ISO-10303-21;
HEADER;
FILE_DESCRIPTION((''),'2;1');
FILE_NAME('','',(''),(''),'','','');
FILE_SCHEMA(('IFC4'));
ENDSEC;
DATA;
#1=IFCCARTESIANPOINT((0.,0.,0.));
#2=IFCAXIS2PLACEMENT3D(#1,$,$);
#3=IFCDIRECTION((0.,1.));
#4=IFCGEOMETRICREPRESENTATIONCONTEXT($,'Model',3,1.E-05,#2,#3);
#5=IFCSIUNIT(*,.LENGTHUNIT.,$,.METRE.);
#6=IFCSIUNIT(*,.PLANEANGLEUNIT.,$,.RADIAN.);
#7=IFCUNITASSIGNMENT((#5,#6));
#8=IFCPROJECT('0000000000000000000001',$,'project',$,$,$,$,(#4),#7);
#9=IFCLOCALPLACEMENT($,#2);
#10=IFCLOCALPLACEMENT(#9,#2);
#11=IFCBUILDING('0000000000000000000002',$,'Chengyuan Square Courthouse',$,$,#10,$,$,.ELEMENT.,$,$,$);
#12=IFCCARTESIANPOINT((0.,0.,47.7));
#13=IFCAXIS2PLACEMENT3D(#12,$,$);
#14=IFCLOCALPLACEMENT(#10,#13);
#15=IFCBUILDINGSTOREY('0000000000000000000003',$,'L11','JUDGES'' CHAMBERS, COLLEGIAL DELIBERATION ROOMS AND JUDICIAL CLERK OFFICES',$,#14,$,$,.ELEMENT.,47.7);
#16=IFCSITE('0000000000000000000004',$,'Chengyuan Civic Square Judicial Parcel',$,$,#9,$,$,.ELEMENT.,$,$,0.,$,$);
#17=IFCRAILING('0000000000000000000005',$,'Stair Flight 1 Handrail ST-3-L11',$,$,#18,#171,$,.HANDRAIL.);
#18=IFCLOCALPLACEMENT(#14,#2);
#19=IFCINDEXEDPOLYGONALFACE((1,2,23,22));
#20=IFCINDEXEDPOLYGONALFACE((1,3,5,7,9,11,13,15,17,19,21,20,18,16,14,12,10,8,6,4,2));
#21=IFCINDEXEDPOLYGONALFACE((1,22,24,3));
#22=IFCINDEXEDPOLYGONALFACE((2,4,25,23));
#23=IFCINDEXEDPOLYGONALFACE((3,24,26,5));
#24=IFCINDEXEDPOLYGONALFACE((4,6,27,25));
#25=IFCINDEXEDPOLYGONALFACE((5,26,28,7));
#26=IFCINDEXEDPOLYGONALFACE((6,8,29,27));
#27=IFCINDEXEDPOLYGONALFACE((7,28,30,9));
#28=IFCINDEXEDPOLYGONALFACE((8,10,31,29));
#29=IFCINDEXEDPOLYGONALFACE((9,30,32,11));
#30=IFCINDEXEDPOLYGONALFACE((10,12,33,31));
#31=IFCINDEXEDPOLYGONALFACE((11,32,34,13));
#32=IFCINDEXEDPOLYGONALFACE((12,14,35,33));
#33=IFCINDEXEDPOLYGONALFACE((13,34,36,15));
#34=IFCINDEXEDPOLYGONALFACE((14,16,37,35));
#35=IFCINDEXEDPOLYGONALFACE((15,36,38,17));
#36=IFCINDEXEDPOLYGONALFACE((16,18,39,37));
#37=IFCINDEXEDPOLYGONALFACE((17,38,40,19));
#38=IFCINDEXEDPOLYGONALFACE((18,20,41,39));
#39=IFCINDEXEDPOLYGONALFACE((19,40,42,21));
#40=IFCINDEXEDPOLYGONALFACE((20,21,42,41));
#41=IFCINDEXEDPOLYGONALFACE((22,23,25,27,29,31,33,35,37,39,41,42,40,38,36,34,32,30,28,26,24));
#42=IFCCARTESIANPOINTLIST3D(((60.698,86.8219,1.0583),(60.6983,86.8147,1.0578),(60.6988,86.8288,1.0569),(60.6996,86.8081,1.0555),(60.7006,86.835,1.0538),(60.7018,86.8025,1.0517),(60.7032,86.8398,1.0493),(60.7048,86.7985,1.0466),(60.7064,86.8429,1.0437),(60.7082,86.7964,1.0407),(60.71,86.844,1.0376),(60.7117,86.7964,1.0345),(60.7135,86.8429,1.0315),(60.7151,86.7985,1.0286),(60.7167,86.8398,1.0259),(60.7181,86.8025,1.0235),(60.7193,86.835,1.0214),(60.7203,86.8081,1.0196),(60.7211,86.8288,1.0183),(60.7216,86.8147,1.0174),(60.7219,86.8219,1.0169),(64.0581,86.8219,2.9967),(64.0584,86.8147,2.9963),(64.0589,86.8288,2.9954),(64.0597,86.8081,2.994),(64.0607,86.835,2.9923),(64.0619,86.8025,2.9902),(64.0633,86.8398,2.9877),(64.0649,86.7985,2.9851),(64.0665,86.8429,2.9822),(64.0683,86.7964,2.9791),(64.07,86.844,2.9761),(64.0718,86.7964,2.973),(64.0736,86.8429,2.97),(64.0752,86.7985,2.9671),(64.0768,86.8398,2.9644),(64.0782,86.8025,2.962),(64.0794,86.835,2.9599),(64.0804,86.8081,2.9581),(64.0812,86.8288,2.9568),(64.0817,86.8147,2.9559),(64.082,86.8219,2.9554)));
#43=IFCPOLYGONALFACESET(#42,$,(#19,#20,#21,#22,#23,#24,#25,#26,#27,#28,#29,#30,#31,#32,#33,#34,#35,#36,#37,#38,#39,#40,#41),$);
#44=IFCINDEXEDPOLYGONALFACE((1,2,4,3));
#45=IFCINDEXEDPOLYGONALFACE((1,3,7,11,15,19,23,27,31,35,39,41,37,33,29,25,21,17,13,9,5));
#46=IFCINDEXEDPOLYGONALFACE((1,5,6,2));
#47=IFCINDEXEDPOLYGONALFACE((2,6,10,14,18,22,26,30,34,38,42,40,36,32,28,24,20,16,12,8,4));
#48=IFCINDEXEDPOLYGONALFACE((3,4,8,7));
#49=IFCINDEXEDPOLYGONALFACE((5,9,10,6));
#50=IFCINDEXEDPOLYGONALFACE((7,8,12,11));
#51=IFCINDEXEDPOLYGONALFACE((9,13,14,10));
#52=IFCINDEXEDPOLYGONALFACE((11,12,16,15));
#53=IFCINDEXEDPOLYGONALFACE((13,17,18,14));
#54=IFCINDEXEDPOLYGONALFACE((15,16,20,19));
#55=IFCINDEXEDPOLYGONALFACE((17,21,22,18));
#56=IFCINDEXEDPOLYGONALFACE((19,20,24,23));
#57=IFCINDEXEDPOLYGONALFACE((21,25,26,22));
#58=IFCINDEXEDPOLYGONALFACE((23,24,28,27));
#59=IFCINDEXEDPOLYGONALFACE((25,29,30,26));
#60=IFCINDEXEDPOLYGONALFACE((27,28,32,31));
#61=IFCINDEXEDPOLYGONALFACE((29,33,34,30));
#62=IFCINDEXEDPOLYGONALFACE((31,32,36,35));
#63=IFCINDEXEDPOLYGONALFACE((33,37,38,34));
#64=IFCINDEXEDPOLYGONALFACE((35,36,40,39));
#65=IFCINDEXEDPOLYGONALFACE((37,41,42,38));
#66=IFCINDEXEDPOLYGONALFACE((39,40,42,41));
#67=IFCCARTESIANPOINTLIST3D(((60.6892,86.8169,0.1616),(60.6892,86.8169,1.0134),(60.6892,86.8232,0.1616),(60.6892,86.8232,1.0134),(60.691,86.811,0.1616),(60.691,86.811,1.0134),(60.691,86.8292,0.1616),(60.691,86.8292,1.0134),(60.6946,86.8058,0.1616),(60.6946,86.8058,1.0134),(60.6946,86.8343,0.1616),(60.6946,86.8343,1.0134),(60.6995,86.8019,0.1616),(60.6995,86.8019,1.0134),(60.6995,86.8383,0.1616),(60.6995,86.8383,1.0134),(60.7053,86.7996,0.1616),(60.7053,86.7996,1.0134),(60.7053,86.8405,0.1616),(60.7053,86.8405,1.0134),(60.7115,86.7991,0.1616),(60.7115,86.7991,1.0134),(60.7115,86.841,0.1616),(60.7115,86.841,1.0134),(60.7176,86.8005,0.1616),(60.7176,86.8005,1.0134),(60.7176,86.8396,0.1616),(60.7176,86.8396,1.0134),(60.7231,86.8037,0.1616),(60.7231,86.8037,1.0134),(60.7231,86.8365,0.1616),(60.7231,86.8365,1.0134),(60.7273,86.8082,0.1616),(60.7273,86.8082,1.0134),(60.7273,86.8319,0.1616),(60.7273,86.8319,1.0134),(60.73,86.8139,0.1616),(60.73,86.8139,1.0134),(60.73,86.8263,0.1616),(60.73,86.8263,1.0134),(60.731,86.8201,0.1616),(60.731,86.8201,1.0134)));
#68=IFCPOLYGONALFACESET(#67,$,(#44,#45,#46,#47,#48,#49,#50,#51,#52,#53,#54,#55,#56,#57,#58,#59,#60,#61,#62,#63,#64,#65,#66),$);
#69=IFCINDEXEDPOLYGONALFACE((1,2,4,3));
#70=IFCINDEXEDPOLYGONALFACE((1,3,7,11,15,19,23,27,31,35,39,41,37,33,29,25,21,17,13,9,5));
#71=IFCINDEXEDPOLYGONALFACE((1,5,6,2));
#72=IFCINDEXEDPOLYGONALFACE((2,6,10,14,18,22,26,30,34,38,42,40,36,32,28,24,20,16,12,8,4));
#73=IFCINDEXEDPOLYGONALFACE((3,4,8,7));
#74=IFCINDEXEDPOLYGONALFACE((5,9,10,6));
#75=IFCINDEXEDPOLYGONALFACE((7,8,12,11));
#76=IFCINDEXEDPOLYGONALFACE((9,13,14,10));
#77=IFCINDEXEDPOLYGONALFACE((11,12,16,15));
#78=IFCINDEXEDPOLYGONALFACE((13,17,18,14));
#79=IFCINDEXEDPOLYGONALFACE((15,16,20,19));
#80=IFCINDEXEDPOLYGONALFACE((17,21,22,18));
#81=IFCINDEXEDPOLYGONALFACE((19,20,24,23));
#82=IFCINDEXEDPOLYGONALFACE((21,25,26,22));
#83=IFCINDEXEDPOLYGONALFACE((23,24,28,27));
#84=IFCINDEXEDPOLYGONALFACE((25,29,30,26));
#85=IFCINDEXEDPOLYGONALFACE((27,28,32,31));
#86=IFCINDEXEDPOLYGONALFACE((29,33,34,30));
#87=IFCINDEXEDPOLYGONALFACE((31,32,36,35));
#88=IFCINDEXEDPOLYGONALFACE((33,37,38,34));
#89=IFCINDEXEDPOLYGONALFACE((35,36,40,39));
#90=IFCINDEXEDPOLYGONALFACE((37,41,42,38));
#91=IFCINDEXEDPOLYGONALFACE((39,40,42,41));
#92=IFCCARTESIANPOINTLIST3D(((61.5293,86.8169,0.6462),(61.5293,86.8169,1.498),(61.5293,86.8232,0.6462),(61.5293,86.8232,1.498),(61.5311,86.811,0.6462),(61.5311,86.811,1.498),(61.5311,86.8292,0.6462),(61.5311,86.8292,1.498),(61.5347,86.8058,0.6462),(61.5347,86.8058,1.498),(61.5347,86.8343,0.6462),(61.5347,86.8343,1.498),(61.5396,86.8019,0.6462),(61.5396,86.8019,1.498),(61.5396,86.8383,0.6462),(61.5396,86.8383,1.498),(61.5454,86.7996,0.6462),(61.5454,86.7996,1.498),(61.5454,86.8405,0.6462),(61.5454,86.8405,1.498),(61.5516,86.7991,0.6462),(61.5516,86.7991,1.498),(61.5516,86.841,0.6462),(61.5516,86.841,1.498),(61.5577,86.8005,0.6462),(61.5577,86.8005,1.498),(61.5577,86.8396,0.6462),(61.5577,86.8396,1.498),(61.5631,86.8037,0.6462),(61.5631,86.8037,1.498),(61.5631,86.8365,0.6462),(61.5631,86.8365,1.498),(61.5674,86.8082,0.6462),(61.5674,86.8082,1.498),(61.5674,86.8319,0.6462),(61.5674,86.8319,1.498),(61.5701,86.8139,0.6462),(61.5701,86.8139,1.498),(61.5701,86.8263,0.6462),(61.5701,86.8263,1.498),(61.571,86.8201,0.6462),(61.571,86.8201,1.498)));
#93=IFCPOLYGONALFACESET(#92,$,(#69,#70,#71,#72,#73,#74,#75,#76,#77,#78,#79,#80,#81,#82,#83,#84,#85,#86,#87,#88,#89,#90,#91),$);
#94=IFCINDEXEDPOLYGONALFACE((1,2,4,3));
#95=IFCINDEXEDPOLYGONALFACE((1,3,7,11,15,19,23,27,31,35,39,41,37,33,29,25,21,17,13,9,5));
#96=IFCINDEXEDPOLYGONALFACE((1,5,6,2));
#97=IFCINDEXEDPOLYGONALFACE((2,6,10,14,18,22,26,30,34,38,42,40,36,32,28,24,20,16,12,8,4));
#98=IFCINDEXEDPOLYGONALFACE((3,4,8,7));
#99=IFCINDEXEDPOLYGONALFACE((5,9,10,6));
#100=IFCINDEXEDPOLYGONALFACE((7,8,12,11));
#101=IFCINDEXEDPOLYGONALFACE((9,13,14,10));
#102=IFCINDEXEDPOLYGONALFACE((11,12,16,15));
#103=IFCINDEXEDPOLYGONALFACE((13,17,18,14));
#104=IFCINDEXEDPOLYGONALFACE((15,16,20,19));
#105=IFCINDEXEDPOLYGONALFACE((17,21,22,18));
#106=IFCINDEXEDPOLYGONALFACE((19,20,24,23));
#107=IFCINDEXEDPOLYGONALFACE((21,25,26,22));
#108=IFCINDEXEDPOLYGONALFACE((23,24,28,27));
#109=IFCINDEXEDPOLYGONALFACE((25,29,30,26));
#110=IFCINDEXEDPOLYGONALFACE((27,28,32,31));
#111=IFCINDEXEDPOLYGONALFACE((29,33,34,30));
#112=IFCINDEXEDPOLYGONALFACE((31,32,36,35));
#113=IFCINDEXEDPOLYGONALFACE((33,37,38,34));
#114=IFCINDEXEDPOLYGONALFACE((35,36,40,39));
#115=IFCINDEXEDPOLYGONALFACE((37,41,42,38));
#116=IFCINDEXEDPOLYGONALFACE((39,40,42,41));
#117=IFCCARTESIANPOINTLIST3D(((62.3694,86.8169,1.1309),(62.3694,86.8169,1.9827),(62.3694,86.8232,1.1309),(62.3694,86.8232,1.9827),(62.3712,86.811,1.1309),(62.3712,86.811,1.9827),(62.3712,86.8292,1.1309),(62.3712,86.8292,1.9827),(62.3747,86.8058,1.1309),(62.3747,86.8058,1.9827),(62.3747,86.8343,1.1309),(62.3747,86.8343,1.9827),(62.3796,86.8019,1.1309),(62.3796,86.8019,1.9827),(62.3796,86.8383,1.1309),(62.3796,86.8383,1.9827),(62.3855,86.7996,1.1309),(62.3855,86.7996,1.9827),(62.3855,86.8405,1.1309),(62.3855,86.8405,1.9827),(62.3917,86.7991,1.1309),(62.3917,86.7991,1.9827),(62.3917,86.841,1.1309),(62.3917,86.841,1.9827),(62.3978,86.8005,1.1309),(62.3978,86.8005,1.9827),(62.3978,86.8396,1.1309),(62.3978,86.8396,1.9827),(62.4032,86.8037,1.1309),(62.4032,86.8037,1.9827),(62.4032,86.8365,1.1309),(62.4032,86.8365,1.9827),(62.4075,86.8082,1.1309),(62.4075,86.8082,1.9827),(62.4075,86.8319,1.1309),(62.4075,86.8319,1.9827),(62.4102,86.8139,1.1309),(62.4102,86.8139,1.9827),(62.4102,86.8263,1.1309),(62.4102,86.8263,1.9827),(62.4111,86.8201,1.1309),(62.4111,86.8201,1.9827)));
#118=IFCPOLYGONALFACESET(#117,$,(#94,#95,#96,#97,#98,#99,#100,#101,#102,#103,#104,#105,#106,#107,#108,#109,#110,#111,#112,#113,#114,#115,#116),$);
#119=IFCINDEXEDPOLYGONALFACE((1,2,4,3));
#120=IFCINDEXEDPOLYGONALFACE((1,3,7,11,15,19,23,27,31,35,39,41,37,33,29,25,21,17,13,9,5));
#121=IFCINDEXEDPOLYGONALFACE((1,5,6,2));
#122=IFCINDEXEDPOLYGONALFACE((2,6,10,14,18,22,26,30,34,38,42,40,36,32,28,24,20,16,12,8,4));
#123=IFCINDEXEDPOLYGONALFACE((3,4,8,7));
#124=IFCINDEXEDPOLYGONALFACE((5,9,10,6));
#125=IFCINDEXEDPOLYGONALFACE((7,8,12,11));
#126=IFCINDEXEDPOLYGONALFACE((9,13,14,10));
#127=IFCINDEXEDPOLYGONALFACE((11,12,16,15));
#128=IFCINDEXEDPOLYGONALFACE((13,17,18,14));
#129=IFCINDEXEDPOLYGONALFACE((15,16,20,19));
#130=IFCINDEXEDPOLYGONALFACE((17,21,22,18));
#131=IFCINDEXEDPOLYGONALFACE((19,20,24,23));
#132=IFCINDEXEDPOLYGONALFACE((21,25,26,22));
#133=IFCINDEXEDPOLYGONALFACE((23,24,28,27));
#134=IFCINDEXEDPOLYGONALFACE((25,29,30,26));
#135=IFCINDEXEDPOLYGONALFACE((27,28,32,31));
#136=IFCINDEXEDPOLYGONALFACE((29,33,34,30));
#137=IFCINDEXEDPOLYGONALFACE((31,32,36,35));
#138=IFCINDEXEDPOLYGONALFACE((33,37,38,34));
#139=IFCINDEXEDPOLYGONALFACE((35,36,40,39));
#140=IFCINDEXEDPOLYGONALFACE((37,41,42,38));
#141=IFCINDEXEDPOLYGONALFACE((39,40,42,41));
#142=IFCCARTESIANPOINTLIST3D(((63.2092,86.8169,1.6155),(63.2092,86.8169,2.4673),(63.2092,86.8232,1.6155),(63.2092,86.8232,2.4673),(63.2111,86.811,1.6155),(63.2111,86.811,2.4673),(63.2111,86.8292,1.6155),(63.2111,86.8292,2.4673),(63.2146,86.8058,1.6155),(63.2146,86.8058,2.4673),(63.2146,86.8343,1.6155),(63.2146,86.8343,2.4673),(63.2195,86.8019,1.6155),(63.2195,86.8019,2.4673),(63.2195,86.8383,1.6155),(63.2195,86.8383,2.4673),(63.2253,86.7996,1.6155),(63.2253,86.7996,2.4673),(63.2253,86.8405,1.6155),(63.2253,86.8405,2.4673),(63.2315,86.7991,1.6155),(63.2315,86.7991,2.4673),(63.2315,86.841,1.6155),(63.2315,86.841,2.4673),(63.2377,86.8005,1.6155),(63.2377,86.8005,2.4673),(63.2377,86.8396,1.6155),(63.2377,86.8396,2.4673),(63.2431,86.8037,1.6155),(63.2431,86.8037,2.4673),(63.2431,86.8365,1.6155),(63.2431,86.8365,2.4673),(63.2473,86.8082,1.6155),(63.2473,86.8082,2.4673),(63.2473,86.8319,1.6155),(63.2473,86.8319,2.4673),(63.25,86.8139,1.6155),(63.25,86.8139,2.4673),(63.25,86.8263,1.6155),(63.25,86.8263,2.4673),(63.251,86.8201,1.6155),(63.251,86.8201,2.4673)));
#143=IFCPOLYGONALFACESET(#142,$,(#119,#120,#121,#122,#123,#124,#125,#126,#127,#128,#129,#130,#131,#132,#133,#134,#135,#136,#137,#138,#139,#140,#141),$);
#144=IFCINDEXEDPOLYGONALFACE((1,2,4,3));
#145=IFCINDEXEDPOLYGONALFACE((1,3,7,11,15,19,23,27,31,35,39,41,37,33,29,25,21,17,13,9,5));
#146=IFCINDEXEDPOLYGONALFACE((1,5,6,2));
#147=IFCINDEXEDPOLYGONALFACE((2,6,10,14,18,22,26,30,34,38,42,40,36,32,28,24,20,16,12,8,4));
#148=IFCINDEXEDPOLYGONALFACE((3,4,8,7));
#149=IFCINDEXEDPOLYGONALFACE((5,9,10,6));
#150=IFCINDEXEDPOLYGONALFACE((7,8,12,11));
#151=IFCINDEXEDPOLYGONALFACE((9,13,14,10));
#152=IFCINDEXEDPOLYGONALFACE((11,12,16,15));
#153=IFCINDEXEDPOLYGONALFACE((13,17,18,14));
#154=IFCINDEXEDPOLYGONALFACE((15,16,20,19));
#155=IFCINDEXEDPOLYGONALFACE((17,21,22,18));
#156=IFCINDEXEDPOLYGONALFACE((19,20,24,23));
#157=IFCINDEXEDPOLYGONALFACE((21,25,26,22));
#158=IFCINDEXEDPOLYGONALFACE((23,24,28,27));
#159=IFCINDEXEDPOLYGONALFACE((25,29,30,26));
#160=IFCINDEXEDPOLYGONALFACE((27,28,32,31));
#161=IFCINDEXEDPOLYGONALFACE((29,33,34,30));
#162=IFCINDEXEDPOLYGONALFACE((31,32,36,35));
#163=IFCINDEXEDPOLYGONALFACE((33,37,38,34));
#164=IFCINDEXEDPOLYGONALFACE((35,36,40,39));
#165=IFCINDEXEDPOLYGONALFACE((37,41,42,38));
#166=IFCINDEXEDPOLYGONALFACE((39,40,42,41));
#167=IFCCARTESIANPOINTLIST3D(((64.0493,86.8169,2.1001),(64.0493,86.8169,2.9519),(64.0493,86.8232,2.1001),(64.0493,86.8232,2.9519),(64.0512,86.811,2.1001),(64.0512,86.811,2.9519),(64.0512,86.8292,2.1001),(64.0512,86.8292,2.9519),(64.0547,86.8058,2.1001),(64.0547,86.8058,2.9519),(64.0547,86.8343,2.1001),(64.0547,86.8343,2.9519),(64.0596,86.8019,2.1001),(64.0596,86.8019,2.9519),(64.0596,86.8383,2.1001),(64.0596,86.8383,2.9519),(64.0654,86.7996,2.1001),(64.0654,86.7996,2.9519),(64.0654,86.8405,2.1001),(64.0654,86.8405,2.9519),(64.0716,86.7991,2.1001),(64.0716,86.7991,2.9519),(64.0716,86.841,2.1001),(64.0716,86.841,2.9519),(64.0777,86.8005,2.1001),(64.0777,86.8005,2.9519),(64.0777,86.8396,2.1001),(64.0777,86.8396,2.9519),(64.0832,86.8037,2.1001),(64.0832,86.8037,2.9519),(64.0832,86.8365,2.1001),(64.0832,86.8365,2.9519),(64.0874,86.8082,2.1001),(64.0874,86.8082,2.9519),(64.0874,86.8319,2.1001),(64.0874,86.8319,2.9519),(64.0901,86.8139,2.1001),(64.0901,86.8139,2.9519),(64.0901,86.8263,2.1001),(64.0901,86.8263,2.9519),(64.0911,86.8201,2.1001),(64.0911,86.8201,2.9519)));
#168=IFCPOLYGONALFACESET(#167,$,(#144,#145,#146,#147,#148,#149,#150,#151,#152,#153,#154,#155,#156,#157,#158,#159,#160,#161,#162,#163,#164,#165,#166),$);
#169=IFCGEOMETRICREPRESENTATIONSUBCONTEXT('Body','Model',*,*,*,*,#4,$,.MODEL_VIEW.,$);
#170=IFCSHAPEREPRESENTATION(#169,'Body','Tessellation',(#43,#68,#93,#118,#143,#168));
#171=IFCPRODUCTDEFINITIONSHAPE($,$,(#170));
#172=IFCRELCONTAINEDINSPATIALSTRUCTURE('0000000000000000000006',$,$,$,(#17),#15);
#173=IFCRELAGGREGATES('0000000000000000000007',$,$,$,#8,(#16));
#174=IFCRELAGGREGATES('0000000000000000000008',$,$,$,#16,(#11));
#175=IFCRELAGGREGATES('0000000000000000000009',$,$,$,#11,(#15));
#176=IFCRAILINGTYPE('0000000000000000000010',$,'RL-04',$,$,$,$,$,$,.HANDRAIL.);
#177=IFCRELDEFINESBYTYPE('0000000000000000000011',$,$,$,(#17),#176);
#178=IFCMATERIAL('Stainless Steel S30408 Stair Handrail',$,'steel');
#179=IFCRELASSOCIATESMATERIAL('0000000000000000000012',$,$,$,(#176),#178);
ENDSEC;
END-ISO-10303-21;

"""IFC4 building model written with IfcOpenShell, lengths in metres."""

from ifc_helpers import new_model, si_unit, direction, frame, origin, origin_2d, place, context, subcontext, project, spatial, circle, extrude, material, type_object, element, save


model = new_model("IFC4")

# Units and contexts
model_context = context("Model", 3, precision=1e-05, world=origin(), true_north=direction((0.0, 1.0)))
body_context = subcontext(model_context, "Body", "Model", "MODEL_VIEW")
ifc_project = project(units=[si_unit("LENGTHUNIT", "METRE"), si_unit("PLANEANGLEUNIT", "RADIAN")], contexts=[model_context])

# Site, building, storey
site_placement = place(None, origin())
site = spatial("IfcSite", under=ifc_project, at=site_placement, Name="Chengyuan Civic Square Judicial Parcel", CompositionType="ELEMENT", RefElevation=0.0)
building_placement = place(site_placement, origin())
building = spatial("IfcBuilding", under=site, at=building_placement, Name="Chengyuan Square Courthouse", CompositionType="ELEMENT")
storey_placement = place(building_placement, frame((0.0, 0.0, 47.7)))
storey = spatial("IfcBuildingStorey", under=building, at=storey_placement, Name="L11", Description="JUDGES' CHAMBERS, COLLEGIAL DELIBERATION ROOMS AND JUDICIAL CLERK OFFICES", CompositionType="ELEMENT", Elevation=47.7)

# Railing
ifc_material_1 = material(Name="Stainless Steel S30408 Stair Handrail", Category="steel")
railing_type_1 = type_object("IfcRailingType", Name="RL-04", PredefinedType="HANDRAIL", material=ifc_material_1)
railing_1_placement = place(storey_placement, frame((60.71, 86.8201, 0.1616)))
element("IfcRailing", 1, at=railing_1_placement, inside=storey, type_object=railing_type_1, Name="Stair Flight 1 Handrail ST-3-L11", PredefinedType="HANDRAIL", context=body_context, shape_type="SweptSolid", body=[
    extrude(circle(Radius=0.0239, at=origin_2d()), frame((0.0, 0.0, 0.876), z_axis=(0.866191, 0.0, 0.499713), x_axis=(0.0, 1.0, 0.0)), (0.0, 0.0, 1.0), 3.8792),
    extrude(circle(Radius=0.021, at=origin_2d()), origin(), (0.0, 0.0, 1.0), 0.8518),
    extrude(circle(Radius=0.021, at=origin_2d()), frame((0.8401, 0.0, 0.4846)), (0.0, 0.0, 1.0), 0.8518),
    extrude(circle(Radius=0.021, at=origin_2d()), frame((1.6802, 0.0, 0.9692)), (0.0, 0.0, 1.0), 0.8518),
    extrude(circle(Radius=0.021, at=origin_2d()), frame((2.52, 0.0, 1.4539)), (0.0, 0.0, 1.0), 0.8518),
    extrude(circle(Radius=0.021, at=origin_2d()), frame((3.3601, 0.0, 1.9385)), (0.0, 0.0, 1.0), 0.8518),
])

save(model, "model.ifc")
